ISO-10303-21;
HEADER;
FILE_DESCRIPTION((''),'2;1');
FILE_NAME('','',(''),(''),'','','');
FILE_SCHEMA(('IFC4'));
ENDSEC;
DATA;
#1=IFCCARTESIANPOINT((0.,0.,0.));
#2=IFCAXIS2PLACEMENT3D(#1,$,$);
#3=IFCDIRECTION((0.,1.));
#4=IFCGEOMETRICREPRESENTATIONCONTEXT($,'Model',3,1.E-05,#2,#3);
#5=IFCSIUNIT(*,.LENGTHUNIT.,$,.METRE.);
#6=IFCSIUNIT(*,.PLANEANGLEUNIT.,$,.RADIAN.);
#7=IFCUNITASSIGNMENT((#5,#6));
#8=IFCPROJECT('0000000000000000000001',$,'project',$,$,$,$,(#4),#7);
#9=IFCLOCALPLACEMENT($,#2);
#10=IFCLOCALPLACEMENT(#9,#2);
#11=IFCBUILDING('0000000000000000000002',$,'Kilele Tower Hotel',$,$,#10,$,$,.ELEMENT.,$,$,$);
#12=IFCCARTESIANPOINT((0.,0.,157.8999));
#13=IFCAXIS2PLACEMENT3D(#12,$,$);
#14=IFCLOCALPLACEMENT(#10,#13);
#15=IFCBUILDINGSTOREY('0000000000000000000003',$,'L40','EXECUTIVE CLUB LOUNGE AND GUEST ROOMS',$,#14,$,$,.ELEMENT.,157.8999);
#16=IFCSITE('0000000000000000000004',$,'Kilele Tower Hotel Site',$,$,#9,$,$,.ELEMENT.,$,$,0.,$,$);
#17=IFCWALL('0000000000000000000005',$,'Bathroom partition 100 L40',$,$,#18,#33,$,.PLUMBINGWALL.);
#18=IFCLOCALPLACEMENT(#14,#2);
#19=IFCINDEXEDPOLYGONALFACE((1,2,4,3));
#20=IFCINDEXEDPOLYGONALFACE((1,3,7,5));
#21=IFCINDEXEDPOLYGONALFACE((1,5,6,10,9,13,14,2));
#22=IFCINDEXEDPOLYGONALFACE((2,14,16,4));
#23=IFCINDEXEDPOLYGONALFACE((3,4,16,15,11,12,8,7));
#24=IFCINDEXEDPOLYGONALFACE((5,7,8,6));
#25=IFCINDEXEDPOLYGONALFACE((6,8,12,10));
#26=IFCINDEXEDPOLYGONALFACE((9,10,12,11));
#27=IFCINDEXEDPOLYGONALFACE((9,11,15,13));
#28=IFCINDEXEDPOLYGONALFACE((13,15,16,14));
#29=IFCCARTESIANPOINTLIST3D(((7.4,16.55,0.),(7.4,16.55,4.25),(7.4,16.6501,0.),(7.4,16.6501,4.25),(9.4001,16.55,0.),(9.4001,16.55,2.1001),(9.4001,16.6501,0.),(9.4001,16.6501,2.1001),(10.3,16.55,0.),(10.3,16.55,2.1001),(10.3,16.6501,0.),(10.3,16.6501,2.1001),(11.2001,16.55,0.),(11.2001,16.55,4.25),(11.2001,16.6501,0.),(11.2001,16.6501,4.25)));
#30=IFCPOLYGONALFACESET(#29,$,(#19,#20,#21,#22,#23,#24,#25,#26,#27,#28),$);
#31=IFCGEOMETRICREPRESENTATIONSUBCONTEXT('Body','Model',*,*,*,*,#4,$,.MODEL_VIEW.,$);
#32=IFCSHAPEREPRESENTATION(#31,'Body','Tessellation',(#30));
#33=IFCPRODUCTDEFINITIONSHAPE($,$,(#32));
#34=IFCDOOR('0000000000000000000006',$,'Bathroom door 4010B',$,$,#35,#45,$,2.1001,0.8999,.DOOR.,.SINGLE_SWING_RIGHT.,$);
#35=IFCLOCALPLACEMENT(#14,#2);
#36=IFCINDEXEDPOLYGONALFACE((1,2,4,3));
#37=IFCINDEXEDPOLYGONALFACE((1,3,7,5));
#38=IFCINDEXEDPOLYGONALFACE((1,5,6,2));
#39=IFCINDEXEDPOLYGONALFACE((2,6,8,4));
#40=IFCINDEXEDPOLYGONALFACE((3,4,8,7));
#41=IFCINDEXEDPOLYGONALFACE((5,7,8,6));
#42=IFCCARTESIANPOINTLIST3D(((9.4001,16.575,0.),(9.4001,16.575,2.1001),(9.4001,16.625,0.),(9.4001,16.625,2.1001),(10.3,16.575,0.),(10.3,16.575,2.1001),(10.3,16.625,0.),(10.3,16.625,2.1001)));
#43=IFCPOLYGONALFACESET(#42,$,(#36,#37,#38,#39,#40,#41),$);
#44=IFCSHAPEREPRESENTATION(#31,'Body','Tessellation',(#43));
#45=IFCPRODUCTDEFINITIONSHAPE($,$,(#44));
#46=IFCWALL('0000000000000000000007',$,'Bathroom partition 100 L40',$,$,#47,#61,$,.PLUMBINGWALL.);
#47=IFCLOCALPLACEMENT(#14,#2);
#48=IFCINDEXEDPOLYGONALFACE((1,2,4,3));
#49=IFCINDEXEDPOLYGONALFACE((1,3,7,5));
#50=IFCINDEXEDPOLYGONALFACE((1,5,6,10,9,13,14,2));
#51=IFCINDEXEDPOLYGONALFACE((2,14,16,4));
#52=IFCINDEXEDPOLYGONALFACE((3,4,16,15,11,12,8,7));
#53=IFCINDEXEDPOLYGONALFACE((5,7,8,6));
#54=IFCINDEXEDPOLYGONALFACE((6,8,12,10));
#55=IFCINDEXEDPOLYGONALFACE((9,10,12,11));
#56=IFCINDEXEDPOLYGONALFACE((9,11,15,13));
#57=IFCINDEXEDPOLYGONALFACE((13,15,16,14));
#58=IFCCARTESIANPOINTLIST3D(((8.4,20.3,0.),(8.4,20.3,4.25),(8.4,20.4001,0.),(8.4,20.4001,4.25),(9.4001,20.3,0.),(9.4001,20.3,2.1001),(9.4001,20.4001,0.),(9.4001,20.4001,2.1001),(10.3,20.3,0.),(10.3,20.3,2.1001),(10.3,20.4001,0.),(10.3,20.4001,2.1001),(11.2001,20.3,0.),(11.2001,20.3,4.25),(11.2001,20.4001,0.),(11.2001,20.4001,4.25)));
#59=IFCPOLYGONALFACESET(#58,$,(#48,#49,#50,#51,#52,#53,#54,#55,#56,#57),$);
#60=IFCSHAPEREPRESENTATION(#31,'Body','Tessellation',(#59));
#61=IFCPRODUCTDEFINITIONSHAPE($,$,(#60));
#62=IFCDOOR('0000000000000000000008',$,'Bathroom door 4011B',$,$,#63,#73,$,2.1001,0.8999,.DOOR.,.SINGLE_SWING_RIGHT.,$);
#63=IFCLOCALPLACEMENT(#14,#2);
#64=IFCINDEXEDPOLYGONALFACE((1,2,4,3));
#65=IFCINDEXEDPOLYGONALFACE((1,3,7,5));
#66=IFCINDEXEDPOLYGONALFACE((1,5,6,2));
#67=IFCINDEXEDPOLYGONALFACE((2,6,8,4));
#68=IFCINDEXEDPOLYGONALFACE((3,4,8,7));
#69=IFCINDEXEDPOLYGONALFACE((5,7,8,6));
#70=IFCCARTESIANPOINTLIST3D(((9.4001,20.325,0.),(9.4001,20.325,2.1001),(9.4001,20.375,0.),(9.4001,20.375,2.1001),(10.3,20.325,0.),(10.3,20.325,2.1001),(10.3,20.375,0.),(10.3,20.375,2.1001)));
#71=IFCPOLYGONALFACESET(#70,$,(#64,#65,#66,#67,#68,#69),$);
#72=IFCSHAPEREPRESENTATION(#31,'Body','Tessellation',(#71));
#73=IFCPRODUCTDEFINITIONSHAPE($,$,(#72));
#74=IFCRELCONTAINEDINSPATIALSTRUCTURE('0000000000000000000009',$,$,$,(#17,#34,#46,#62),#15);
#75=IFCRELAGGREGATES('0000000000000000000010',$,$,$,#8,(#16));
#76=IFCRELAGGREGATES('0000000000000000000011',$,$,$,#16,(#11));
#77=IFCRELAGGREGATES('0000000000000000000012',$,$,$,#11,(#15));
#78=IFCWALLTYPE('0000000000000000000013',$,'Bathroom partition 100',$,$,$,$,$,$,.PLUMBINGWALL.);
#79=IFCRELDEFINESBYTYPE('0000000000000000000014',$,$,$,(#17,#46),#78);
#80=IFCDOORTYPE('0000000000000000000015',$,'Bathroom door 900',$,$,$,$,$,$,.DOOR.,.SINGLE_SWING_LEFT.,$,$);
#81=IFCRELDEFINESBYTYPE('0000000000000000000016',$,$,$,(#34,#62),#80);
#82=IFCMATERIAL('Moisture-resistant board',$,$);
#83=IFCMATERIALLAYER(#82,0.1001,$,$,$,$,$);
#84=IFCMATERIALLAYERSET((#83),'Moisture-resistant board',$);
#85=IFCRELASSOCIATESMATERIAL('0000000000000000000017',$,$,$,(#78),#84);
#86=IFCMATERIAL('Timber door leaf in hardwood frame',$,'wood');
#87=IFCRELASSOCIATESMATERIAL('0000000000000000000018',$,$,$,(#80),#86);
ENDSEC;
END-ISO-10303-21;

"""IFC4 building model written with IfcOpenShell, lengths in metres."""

from ifc_helpers import new_model, si_unit, direction, frame, frame_2d, origin, place, context, subcontext, project, spatial, rectangle, extrude, material, layer, layer_set, type_object, element, fill, save


model = new_model("IFC4")

# Units and contexts
model_context = context("Model", 3, precision=1e-05, world=origin(), true_north=direction((0.0, 1.0)))
body_context = subcontext(model_context, "Body", "Model", "MODEL_VIEW")
ifc_project = project(units=[si_unit("LENGTHUNIT", "METRE"), si_unit("PLANEANGLEUNIT", "RADIAN")], contexts=[model_context])

# Site, building, storey
site_placement = place(None, origin())
site = spatial("IfcSite", under=ifc_project, at=site_placement, Name="Kilele Tower Hotel Site", CompositionType="ELEMENT", RefElevation=0.0)
building_placement = place(site_placement, origin())
building = spatial("IfcBuilding", under=site, at=building_placement, Name="Kilele Tower Hotel", CompositionType="ELEMENT")
storey_placement = place(building_placement, frame((0.0, 0.0, 157.8999)))
storey = spatial("IfcBuildingStorey", under=building, at=storey_placement, Name="L40", Description="EXECUTIVE CLUB LOUNGE AND GUEST ROOMS", CompositionType="ELEMENT", Elevation=157.8999)

# Walls, openings, doors
ifc_material_1 = material(Name="Moisture-resistant board")
ifc_layer_1 = layer(ifc_material_1, 0.1001)
ifc_layer_set_1 = layer_set([ifc_layer_1], Name="Moisture-resistant board")
wall_type_1 = type_object("IfcWallType", Name="Bathroom partition 100", PredefinedType="PLUMBINGWALL", material=ifc_layer_set_1)
wall_1_placement = place(storey_placement, frame((11.2, 16.6001, 0.0), z_axis=(0.0, 0.0, 1.0), x_axis=(-1.0, 0.0, 0.0)))
wall_1 = element("IfcWall", 1, at=wall_1_placement, inside=storey, type_object=wall_type_1, Name="Bathroom partition 100 L40", PredefinedType="PLUMBINGWALL", context=body_context, shape_type="SweptSolid", body=[
    extrude(rectangle(XDim=3.8, YDim=0.1001, at=frame_2d((1.8999, 0.0))), origin(), (0.0, 0.0, 1.0), 4.25),
])
opening_1_placement = place(wall_1_placement, frame((1.7998, 0.0, 0.0), z_axis=(0.0, 0.0, 1.0), x_axis=(-1.0, 0.0, 0.0)))
opening_1 = element("IfcOpeningElement", 2, at=opening_1_placement, cuts=wall_1, PredefinedType="OPENING", context=body_context, shape_type="SweptSolid", body=[
    extrude(rectangle(XDim=0.8999, YDim=2.1001, at=frame_2d((0.45, 1.05))), frame((0.0, 0.0601, 0.0), z_axis=(0.0, -1.0, 0.0), x_axis=(1.0, 0.0, 0.0)), (0.0, 0.0, 1.0), 0.1201),
])
ifc_material_2 = material(Name="Timber door leaf in hardwood frame", Category="wood")
door_type_1 = type_object("IfcDoorType", Name="Bathroom door 900", OperationType="SINGLE_SWING_LEFT", PredefinedType="DOOR", material=ifc_material_2)
door_1_placement = place(opening_1_placement, origin())
door_1 = element("IfcDoor", 3, at=door_1_placement, inside=storey, type_object=door_type_1, Name="Bathroom door 4010B", OperationType="SINGLE_SWING_RIGHT", OverallHeight=2.1001, OverallWidth=0.8999, PredefinedType="DOOR", context=body_context, shape_type="SweptSolid", body=[
    extrude(rectangle(XDim=0.8999, YDim=2.1001, at=frame_2d((0.45, 1.05))), frame((0.0, 0.0249, 0.0), z_axis=(0.0, -1.0, 0.0), x_axis=(1.0, 0.0, 0.0)), (0.0, 0.0, 1.0), 0.05),
])
fill(opening_1, door_1)
wall_2_placement = place(storey_placement, frame((11.2, 20.3501, 0.0), z_axis=(0.0, 0.0, 1.0), x_axis=(-1.0, 0.0, 0.0)))
wall_2 = element("IfcWall", 4, at=wall_2_placement, inside=storey, type_object=wall_type_1, Name="Bathroom partition 100 L40", PredefinedType="PLUMBINGWALL", context=body_context, shape_type="SweptSolid", body=[
    extrude(rectangle(XDim=2.8, YDim=0.1001, at=frame_2d((1.3999, 0.0))), origin(), (0.0, 0.0, 1.0), 4.25),
])
opening_2_placement = place(wall_2_placement, frame((1.7998, 0.0, 0.0), z_axis=(0.0, 0.0, 1.0), x_axis=(-1.0, 0.0, 0.0)))
opening_2 = element("IfcOpeningElement", 5, at=opening_2_placement, cuts=wall_2, PredefinedType="OPENING", context=body_context, shape_type="SweptSolid", body=[
    extrude(rectangle(XDim=0.8999, YDim=2.1001, at=frame_2d((0.45, 1.05))), frame((0.0, 0.0601, 0.0), z_axis=(0.0, -1.0, 0.0), x_axis=(1.0, 0.0, 0.0)), (0.0, 0.0, 1.0), 0.1201),
])
door_2_placement = place(opening_2_placement, origin())
door_2 = element("IfcDoor", 6, at=door_2_placement, inside=storey, type_object=door_type_1, Name="Bathroom door 4011B", OperationType="SINGLE_SWING_RIGHT", OverallHeight=2.1001, OverallWidth=0.8999, PredefinedType="DOOR", context=body_context, shape_type="SweptSolid", body=[
    extrude(rectangle(XDim=0.8999, YDim=2.1001, at=frame_2d((0.45, 1.05))), frame((0.0, 0.0249, 0.0), z_axis=(0.0, -1.0, 0.0), x_axis=(1.0, 0.0, 0.0)), (0.0, 0.0, 1.0), 0.05),
])
fill(opening_2, door_2)

save(model, "model.ifc")
